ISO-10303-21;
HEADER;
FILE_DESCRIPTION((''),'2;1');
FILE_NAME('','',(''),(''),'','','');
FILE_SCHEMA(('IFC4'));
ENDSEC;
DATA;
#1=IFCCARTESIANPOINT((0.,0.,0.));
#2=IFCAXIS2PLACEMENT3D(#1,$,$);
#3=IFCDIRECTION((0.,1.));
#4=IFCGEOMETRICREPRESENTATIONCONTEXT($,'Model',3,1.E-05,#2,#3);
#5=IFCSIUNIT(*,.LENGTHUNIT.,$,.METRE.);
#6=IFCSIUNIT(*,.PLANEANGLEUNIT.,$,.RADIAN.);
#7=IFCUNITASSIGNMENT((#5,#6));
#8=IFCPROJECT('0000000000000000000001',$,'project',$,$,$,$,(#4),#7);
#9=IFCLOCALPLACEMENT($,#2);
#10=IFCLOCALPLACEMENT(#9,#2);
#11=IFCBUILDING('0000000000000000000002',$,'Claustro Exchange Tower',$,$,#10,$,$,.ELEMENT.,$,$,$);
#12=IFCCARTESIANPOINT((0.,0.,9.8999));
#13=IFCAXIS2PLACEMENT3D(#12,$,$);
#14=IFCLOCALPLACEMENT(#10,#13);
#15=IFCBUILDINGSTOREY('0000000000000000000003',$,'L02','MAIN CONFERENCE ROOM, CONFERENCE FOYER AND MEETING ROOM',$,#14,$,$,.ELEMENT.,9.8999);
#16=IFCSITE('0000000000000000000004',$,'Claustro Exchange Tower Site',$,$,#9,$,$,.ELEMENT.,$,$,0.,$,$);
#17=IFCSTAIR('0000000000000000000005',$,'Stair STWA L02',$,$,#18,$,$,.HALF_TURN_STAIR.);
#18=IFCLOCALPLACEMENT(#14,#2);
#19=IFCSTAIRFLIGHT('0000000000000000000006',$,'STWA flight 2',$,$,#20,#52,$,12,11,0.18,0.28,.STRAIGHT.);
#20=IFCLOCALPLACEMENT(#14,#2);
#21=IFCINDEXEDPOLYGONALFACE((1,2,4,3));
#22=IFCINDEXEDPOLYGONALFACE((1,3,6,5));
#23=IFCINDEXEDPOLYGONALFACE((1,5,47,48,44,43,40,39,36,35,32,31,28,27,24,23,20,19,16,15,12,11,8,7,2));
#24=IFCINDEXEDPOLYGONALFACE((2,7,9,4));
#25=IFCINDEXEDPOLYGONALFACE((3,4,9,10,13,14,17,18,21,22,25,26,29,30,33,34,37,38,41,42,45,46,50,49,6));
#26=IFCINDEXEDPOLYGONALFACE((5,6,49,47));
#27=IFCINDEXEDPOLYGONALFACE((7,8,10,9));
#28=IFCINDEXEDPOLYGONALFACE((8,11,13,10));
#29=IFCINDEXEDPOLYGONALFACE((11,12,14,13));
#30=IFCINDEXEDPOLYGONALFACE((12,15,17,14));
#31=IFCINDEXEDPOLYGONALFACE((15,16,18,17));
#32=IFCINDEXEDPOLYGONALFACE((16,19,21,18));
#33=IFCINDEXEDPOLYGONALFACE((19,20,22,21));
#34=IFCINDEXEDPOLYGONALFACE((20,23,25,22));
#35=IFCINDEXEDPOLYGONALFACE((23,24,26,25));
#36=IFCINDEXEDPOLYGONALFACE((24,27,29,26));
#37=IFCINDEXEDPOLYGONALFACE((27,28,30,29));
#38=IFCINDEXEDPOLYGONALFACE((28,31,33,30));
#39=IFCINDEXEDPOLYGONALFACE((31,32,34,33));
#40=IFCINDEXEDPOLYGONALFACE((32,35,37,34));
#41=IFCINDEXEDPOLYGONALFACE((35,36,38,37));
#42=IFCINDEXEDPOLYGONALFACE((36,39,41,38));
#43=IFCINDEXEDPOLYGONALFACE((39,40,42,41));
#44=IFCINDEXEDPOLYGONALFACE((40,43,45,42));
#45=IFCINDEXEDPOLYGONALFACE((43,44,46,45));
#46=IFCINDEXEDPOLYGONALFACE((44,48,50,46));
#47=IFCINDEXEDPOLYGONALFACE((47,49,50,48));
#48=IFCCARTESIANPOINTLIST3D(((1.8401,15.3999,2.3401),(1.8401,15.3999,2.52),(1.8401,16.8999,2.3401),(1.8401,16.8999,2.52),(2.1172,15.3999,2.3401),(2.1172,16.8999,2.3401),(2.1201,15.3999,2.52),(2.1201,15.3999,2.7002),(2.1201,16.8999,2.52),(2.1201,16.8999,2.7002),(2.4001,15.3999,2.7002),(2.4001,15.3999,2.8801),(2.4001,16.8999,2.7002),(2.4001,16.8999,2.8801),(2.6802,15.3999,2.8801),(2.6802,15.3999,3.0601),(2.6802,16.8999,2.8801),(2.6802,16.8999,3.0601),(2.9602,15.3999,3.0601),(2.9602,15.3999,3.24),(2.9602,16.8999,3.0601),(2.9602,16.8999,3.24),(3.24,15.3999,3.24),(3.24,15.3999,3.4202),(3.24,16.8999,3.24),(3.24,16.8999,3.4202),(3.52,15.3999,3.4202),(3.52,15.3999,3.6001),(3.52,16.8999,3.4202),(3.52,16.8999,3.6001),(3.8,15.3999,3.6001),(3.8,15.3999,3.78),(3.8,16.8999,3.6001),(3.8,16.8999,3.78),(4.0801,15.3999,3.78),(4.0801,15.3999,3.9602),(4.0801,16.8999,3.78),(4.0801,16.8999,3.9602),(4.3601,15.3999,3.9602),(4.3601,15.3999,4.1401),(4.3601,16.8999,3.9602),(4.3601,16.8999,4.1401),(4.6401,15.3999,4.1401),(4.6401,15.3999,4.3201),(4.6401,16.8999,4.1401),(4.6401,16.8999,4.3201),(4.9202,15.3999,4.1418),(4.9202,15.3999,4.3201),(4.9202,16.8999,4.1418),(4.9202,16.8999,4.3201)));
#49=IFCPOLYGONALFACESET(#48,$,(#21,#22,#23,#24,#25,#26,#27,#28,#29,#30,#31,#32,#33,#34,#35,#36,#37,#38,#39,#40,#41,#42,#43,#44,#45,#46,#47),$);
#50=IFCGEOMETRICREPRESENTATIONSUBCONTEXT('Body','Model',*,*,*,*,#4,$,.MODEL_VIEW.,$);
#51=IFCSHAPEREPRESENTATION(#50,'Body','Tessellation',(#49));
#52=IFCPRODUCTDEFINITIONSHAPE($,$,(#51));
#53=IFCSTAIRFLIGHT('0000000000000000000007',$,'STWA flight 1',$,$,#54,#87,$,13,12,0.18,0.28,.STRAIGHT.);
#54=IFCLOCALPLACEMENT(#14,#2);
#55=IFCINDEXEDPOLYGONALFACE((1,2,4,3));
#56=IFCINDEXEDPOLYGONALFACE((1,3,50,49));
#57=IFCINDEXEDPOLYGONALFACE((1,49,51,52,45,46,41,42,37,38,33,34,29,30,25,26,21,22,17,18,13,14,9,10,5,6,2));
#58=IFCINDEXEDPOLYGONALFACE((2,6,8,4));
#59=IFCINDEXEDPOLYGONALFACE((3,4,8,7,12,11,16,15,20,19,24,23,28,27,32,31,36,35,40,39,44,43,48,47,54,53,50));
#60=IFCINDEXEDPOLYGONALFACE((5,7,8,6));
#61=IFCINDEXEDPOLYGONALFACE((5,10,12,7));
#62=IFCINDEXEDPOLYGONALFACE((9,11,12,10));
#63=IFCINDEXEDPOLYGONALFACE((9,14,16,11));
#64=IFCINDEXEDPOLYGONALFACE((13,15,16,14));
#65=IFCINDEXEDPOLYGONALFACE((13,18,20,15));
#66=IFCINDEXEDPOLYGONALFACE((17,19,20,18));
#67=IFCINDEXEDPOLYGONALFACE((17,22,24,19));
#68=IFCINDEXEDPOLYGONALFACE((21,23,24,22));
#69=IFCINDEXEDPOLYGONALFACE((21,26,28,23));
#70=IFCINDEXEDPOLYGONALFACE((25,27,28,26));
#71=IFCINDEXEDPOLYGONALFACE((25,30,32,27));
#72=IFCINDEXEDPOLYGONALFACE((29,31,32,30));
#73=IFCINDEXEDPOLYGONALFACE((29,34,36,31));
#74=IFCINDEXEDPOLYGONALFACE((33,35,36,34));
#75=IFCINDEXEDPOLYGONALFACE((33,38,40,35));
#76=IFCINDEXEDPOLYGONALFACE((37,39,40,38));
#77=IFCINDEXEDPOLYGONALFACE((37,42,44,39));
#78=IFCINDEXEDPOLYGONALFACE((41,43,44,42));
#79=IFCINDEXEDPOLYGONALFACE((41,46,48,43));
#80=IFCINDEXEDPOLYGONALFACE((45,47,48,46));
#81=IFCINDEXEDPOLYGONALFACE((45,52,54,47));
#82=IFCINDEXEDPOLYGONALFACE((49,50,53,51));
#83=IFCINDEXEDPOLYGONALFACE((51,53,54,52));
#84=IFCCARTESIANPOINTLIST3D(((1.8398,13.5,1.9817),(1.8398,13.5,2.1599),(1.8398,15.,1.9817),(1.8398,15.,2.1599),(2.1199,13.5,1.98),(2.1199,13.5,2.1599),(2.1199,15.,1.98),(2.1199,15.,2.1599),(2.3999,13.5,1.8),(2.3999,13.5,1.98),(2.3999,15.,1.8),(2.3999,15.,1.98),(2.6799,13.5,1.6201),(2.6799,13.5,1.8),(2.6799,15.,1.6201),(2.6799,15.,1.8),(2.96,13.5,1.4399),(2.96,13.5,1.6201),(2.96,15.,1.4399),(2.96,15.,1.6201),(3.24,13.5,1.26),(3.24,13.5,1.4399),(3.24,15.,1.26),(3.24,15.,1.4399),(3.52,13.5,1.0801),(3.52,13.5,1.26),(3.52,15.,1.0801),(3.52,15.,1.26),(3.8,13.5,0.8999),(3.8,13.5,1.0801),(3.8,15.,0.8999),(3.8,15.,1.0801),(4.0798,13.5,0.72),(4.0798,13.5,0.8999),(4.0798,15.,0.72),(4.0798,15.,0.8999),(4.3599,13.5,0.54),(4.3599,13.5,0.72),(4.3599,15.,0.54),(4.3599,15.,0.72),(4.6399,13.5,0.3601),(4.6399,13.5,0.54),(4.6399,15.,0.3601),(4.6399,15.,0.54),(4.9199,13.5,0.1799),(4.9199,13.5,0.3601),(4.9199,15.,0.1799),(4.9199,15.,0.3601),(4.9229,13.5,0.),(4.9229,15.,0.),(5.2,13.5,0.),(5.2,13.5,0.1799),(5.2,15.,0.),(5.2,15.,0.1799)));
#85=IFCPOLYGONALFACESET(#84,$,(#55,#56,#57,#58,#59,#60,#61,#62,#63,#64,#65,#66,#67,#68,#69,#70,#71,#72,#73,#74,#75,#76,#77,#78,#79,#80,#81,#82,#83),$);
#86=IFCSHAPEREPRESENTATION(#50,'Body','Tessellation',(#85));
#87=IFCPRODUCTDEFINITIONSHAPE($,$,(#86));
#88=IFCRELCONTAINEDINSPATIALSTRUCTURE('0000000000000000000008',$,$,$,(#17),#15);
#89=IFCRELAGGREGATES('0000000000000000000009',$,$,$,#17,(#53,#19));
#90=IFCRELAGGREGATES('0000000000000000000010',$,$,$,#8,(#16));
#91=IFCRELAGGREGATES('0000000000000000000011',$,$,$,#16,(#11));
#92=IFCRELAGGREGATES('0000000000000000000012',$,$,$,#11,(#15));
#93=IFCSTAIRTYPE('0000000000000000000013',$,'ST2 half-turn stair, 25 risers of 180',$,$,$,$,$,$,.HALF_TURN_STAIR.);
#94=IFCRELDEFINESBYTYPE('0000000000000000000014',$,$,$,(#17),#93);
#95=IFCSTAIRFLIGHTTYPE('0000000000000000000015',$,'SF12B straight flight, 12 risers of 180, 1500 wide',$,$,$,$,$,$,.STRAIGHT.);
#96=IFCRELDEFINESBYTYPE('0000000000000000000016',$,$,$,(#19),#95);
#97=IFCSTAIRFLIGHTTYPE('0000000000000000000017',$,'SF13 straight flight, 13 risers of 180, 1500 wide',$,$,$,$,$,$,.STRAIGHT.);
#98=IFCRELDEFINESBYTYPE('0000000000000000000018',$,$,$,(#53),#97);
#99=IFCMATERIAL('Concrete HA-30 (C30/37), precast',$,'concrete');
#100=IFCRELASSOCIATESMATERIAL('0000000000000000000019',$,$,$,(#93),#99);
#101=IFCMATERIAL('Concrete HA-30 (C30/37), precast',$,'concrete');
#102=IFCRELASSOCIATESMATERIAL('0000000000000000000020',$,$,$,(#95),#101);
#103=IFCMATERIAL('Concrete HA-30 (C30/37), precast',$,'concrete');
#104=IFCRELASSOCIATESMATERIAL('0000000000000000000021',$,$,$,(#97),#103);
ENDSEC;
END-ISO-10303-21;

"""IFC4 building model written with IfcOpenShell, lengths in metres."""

from ifc_helpers import new_model, si_unit, direction, frame, origin, place, context, subcontext, project, spatial, polyline, outline, extrude, material, type_object, element, aggregate, save


model = new_model("IFC4")

# Units and contexts
model_context = context("Model", 3, precision=1e-05, world=origin(), true_north=direction((0.0, 1.0)))
body_context = subcontext(model_context, "Body", "Model", "MODEL_VIEW")
ifc_project = project(units=[si_unit("LENGTHUNIT", "METRE"), si_unit("PLANEANGLEUNIT", "RADIAN")], contexts=[model_context])

# Site, building, storey
site_placement = place(None, origin())
site = spatial("IfcSite", under=ifc_project, at=site_placement, Name="Claustro Exchange Tower Site", CompositionType="ELEMENT", RefElevation=0.0)
building_placement = place(site_placement, origin())
building = spatial("IfcBuilding", under=site, at=building_placement, Name="Claustro Exchange Tower", CompositionType="ELEMENT")
storey_placement = place(building_placement, frame((0.0, 0.0, 9.8999)))
storey = spatial("IfcBuildingStorey", under=building, at=storey_placement, Name="L02", Description="MAIN CONFERENCE ROOM, CONFERENCE FOYER AND MEETING ROOM", CompositionType="ELEMENT", Elevation=9.8999)

# Stair, stair flights
ifc_material_1 = material(Name="Concrete HA-30 (C30/37), precast", Category="concrete")
stair_type = type_object("IfcStairType", Name="ST2 half-turn stair, 25 risers of 180", PredefinedType="HALF_TURN_STAIR", material=ifc_material_1)
stair_placement = place(storey_placement, origin())
stair = element("IfcStair", 1, at=stair_placement, inside=storey, type_object=stair_type, Name="Stair STWA L02", PredefinedType="HALF_TURN_STAIR")
ifc_material_2 = material(Name="Concrete HA-30 (C30/37), precast", Category="concrete")
stair_flight_type_1 = type_object("IfcStairFlightType", Name="SF12B straight flight, 12 risers of 180, 1500 wide", PredefinedType="STRAIGHT", material=ifc_material_2)
stair_flight_1_placement = place(storey_placement, frame((1.8401, 16.1499, 2.3401), z_axis=(0.0, 0.0, 1.0), x_axis=(1.0, 0.0, 0.0)))
stair_flight_1 = element("IfcStairFlight", 2, at=stair_flight_1_placement, type_object=stair_flight_type_1, Name="STWA flight 2", NumberOfRisers=12, NumberOfTreads=11, PredefinedType="STRAIGHT", RiserHeight=0.18, TreadLength=0.28, context=body_context, shape_type="SweptSolid", body=[
    extrude(outline(polyline([(0.0, 0.0), (0.0, 0.1799), (0.28, 0.1799), (0.28, 0.3601), (0.5601, 0.3601), (0.5601, 0.54), (0.8401, 0.54), (0.8401, 0.72), (1.1201, 0.72), (1.1201, 0.8999), (1.3999, 0.8999), (1.3999, 1.0801), (1.6799, 1.0801), (1.6799, 1.26), (1.96, 1.26), (1.96, 1.4399), (2.24, 1.4399), (2.24, 1.6201), (2.52, 1.6201), (2.52, 1.8), (2.8, 1.8), (2.8, 1.98), (3.0801, 1.98), (3.0801, 2.1599), (3.0801, 1.8018), (0.2771, 0.0), (0.0, 0.0)])), frame((0.0, 0.75, 0.0), z_axis=(0.0, -1.0, 0.0), x_axis=(1.0, 0.0, 0.0)), (0.0, 0.0, 1.0), 1.5),
])
ifc_material_3 = material(Name="Concrete HA-30 (C30/37), precast", Category="concrete")
stair_flight_type_2 = type_object("IfcStairFlightType", Name="SF13 straight flight, 13 risers of 180, 1500 wide", PredefinedType="STRAIGHT", material=ifc_material_3)
stair_flight_2_placement = place(storey_placement, frame((5.2, 14.25, 0.0), z_axis=(0.0, 0.0, 1.0), x_axis=(-1.0, 0.0, 0.0)))
stair_flight_2 = element("IfcStairFlight", 3, at=stair_flight_2_placement, type_object=stair_flight_type_2, Name="STWA flight 1", NumberOfRisers=13, NumberOfTreads=12, PredefinedType="STRAIGHT", RiserHeight=0.18, TreadLength=0.28, context=body_context, shape_type="SweptSolid", body=[
    extrude(outline(polyline([(0.0, 0.0), (0.0, 0.1799), (0.28, 0.1799), (0.28, 0.3601), (0.5601, 0.3601), (0.5601, 0.54), (0.8401, 0.54), (0.8401, 0.72), (1.1201, 0.72), (1.1201, 0.8999), (1.3999, 0.8999), (1.3999, 1.0801), (1.6799, 1.0801), (1.6799, 1.26), (1.96, 1.26), (1.96, 1.4399), (2.24, 1.4399), (2.24, 1.6201), (2.52, 1.6201), (2.52, 1.8), (2.8, 1.8), (2.8, 1.98), (3.0801, 1.98), (3.0801, 2.1599), (3.3601, 2.1599), (3.3601, 2.3401), (3.3601, 1.9817), (0.2771, 0.0), (0.0, 0.0)])), frame((0.0, 0.75, 0.0), z_axis=(0.0, -1.0, 0.0), x_axis=(1.0, 0.0, 0.0)), (0.0, 0.0, 1.0), 1.5),
])
aggregate(stair, [stair_flight_2, stair_flight_1])

save(model, "model.ifc")
